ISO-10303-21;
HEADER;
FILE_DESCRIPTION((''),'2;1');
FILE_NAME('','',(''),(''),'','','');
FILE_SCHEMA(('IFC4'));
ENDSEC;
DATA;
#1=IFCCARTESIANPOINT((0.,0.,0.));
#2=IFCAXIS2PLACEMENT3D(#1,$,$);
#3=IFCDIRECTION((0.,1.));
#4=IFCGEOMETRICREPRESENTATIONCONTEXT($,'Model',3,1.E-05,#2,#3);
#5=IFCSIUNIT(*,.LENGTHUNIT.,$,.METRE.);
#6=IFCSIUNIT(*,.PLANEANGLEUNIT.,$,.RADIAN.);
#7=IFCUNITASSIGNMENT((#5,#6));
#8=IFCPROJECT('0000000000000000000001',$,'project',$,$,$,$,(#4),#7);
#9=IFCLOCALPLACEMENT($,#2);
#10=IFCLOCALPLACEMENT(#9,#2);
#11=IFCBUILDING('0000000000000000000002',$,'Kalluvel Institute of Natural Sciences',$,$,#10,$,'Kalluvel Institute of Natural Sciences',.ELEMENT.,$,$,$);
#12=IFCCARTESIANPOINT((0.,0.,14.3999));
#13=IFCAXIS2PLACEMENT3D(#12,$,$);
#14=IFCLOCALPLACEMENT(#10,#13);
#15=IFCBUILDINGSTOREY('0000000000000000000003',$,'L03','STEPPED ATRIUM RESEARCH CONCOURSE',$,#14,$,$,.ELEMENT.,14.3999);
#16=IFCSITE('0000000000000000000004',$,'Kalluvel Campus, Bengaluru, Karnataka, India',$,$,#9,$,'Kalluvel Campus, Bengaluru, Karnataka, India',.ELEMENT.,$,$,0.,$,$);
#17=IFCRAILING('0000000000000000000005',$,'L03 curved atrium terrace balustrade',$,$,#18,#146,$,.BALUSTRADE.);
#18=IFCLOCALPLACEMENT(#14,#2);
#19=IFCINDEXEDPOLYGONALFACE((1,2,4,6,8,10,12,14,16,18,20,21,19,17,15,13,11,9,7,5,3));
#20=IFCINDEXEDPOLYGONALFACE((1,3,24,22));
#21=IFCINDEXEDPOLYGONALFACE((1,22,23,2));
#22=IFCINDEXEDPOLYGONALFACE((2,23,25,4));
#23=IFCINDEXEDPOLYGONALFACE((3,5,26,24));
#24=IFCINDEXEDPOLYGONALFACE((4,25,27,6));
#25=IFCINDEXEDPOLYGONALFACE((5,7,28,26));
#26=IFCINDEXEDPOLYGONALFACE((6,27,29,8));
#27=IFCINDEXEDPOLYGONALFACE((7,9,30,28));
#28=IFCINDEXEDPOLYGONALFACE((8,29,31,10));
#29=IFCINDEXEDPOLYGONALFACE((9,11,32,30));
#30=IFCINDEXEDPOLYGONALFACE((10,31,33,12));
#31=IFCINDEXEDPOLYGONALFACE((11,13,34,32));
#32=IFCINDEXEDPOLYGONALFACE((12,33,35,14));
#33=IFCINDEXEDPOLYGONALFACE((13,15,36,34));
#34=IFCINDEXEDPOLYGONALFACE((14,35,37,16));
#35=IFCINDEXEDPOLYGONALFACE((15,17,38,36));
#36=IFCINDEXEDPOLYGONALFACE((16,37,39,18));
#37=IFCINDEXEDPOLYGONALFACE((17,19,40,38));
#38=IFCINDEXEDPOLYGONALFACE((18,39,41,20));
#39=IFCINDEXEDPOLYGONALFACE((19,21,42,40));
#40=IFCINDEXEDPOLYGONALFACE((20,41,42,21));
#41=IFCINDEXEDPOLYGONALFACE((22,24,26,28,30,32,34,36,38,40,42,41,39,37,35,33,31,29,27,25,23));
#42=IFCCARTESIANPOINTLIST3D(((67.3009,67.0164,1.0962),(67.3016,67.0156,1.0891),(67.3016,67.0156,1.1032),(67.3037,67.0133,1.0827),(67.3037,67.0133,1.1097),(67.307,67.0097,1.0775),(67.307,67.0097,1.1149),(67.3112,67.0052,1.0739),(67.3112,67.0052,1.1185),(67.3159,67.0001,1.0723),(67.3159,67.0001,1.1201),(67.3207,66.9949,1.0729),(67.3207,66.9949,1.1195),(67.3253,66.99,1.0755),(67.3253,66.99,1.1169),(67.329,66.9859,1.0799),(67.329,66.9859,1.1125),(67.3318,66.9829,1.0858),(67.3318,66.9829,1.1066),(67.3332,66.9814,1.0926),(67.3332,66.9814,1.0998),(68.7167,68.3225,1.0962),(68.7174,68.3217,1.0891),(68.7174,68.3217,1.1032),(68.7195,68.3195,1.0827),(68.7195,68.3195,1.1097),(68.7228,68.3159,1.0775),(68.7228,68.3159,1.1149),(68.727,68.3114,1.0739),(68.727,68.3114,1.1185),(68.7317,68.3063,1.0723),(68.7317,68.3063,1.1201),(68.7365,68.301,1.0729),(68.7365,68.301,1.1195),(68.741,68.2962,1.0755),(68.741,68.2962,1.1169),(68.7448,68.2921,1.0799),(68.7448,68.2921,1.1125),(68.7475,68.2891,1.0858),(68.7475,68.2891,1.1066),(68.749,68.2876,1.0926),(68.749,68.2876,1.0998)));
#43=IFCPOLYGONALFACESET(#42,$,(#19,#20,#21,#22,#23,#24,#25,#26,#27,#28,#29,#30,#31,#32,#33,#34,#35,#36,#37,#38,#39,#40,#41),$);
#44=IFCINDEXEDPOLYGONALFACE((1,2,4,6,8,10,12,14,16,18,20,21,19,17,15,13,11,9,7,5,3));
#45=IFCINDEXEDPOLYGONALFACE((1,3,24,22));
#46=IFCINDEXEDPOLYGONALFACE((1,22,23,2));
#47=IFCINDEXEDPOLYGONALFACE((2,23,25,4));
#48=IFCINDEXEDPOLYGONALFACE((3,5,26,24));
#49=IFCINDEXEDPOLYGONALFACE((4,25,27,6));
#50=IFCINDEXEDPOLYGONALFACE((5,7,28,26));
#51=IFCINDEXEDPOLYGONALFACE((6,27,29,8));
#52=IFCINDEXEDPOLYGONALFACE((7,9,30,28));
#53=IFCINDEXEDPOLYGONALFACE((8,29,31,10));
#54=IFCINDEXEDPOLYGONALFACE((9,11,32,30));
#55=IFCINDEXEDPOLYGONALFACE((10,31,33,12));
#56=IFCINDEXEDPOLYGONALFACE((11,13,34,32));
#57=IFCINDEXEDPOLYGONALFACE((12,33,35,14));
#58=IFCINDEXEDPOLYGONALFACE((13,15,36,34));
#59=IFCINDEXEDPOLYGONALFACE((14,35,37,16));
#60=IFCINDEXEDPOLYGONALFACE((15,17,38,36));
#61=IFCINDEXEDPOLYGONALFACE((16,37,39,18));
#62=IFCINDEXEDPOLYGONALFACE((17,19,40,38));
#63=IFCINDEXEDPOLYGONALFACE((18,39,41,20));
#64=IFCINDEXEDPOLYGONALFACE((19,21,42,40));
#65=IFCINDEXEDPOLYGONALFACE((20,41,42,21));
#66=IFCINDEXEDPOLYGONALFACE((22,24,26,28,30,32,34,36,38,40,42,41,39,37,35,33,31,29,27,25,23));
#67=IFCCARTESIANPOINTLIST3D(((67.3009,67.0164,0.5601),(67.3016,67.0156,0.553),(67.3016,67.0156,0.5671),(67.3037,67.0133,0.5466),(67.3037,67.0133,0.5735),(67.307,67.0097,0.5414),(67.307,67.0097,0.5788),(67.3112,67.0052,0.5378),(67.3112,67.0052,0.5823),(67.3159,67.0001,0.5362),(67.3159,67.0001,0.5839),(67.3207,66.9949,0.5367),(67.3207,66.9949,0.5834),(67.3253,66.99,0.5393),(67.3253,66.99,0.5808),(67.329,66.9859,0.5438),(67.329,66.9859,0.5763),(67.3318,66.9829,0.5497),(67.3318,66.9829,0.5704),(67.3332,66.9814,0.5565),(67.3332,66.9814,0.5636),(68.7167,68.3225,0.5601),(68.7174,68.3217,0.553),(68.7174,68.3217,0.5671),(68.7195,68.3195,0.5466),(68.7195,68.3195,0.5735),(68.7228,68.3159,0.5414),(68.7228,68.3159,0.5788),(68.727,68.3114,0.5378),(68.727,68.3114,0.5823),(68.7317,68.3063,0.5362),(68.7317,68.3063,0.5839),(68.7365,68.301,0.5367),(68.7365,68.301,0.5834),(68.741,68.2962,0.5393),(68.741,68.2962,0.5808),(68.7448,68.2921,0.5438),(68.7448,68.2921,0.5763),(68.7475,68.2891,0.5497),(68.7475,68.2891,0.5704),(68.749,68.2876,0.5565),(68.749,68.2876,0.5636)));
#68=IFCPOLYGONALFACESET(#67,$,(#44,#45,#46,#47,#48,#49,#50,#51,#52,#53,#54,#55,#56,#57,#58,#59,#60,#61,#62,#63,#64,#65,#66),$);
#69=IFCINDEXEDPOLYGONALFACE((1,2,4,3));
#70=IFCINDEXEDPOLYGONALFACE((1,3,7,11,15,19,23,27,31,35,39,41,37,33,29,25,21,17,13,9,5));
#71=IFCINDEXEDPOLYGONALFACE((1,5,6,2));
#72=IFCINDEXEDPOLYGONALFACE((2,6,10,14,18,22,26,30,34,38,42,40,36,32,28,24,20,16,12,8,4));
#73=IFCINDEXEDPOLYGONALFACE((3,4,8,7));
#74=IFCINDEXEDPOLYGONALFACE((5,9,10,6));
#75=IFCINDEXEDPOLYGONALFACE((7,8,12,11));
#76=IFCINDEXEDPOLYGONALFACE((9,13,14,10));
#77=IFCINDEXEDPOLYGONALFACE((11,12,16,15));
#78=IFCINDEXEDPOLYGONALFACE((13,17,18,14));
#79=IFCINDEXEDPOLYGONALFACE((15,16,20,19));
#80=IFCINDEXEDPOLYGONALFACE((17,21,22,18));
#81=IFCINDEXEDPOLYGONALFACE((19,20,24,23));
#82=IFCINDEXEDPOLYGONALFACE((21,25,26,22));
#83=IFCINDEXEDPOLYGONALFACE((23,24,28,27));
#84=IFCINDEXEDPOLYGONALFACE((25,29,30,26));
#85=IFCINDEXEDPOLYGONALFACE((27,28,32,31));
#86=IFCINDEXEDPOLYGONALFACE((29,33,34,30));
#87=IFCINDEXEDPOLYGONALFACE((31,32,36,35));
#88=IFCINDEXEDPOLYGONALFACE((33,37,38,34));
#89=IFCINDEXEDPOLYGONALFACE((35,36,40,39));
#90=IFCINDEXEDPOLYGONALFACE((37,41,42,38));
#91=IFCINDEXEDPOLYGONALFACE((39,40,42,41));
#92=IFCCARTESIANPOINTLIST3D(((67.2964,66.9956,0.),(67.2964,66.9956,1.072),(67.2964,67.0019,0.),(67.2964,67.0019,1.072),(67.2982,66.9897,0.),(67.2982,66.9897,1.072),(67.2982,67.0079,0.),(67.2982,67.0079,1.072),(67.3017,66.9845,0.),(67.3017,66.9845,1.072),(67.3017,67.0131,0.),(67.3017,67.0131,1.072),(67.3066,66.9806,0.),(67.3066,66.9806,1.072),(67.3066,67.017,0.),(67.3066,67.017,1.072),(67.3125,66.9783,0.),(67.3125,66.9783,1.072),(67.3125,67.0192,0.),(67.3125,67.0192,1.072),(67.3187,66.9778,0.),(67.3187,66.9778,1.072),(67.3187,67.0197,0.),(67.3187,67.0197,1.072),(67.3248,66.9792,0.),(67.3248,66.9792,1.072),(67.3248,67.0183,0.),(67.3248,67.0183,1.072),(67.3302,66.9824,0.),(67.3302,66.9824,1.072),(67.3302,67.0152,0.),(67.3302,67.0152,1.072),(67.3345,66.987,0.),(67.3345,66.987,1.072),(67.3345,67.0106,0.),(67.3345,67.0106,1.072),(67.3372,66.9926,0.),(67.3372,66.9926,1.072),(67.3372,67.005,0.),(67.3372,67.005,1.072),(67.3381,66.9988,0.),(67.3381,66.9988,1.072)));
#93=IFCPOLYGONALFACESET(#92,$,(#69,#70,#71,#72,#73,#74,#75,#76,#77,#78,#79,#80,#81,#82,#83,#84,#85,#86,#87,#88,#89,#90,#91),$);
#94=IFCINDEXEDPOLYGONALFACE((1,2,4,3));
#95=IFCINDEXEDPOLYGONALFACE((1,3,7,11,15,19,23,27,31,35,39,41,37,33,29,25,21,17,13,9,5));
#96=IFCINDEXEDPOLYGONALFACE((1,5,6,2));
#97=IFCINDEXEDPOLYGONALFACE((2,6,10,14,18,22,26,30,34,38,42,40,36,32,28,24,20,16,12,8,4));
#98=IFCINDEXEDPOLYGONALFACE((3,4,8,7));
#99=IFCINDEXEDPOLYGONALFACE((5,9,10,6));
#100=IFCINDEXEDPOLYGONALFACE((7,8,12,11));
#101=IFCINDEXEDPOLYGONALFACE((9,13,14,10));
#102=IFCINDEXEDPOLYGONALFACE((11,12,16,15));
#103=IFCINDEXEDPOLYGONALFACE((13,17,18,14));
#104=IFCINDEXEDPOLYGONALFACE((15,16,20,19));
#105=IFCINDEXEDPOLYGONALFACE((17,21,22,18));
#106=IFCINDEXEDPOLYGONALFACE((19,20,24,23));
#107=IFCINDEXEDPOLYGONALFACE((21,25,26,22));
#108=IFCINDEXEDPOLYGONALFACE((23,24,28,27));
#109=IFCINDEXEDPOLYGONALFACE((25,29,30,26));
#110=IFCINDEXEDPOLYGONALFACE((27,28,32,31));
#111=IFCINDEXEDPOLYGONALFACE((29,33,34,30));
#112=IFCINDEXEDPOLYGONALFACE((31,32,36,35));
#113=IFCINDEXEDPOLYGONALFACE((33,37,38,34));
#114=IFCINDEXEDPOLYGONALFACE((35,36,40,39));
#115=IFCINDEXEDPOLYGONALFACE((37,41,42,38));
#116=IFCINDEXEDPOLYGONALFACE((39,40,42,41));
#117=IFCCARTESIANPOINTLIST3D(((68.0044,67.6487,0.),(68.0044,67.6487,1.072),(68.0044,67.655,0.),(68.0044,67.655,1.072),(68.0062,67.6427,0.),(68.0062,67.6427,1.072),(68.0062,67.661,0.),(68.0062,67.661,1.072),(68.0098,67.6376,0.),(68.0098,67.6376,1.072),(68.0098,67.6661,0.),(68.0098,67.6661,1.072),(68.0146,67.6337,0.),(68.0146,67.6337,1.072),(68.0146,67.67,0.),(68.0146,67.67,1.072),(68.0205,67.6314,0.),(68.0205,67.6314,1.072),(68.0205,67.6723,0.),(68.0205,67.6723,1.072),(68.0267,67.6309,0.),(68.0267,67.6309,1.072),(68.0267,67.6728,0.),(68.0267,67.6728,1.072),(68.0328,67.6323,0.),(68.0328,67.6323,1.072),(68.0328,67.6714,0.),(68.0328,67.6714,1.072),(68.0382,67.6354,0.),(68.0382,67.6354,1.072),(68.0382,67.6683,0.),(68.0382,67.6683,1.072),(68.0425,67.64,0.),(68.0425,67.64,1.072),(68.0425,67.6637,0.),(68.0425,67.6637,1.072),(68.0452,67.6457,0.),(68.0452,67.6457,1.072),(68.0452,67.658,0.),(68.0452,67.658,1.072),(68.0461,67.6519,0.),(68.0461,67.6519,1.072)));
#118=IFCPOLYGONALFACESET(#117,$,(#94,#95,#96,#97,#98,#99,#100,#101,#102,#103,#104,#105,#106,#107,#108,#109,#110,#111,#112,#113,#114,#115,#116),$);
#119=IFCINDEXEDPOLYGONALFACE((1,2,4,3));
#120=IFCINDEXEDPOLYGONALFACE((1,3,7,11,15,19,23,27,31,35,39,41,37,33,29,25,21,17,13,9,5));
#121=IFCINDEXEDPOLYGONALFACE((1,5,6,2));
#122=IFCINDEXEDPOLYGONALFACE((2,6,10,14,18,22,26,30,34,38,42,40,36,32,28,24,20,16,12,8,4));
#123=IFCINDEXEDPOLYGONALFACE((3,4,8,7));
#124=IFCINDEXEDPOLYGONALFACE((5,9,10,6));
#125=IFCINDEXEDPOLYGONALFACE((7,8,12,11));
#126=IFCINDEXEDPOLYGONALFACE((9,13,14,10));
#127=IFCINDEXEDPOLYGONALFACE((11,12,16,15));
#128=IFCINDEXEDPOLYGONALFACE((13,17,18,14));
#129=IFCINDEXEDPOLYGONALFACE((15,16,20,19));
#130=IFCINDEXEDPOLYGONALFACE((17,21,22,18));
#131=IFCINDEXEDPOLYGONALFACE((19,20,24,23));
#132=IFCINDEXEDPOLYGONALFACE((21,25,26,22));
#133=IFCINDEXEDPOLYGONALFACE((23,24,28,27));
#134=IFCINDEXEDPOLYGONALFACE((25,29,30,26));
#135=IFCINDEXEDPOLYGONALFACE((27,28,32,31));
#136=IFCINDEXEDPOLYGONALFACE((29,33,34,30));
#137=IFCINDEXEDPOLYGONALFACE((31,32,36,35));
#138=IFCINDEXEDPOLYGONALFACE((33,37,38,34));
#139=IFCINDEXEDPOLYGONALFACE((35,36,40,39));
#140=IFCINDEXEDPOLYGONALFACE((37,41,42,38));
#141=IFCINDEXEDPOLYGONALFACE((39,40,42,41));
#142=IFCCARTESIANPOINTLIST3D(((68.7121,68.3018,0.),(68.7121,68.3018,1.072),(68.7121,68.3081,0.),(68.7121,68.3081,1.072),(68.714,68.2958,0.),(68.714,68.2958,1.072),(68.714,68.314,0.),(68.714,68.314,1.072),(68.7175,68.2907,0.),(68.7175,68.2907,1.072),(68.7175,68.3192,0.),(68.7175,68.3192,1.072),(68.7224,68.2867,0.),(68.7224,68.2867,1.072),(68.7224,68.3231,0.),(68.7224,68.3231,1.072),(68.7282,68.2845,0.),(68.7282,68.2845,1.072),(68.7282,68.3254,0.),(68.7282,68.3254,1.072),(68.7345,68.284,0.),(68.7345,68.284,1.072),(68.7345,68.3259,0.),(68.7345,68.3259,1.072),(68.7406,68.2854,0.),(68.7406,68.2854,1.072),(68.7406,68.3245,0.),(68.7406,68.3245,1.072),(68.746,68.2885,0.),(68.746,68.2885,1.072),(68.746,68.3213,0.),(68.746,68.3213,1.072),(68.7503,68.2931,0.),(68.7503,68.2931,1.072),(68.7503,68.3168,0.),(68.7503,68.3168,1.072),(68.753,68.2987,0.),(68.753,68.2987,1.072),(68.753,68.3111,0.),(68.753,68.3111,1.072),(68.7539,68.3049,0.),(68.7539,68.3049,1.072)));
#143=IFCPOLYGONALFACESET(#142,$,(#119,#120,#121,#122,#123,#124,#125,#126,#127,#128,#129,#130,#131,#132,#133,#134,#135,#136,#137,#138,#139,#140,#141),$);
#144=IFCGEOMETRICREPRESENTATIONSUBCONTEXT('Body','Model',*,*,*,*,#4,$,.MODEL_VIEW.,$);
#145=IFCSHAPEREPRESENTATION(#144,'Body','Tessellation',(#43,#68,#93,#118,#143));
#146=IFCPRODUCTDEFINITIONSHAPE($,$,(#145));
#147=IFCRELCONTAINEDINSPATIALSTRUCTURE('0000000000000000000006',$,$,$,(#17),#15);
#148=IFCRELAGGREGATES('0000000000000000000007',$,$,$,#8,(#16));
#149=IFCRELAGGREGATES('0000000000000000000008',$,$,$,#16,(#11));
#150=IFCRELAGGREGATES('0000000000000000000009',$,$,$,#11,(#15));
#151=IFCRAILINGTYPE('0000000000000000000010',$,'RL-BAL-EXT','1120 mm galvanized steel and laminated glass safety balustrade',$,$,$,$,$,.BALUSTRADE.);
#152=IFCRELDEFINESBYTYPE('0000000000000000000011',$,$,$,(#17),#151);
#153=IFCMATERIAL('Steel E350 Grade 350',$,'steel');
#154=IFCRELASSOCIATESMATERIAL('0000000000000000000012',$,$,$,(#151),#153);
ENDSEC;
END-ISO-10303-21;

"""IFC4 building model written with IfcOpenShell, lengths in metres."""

from ifc_helpers import new_model, si_unit, direction, frame, origin, origin_2d, place, context, subcontext, project, spatial, circle, extrude, material, type_object, element, save


model = new_model("IFC4")

# Units and contexts
model_context = context("Model", 3, precision=1e-05, world=origin(), true_north=direction((0.0, 1.0)))
body_context = subcontext(model_context, "Body", "Model", "MODEL_VIEW")
ifc_project = project(units=[si_unit("LENGTHUNIT", "METRE"), si_unit("PLANEANGLEUNIT", "RADIAN")], contexts=[model_context])

# Site, building, storey
site_placement = place(None, origin())
site = spatial("IfcSite", under=ifc_project, at=site_placement, Name="Kalluvel Campus, Bengaluru, Karnataka, India", LongName="Kalluvel Campus, Bengaluru, Karnataka, India", CompositionType="ELEMENT", RefElevation=0.0)
building_placement = place(site_placement, origin())
building = spatial("IfcBuilding", under=site, at=building_placement, Name="Kalluvel Institute of Natural Sciences", LongName="Kalluvel Institute of Natural Sciences", CompositionType="ELEMENT")
storey_placement = place(building_placement, frame((0.0, 0.0, 14.3999)))
storey = spatial("IfcBuildingStorey", under=building, at=storey_placement, Name="L03", Description="STEPPED ATRIUM RESEARCH CONCOURSE", CompositionType="ELEMENT", Elevation=14.3999)

# Railing
ifc_material_1 = material(Name="Steel E350 Grade 350", Category="steel")
railing_type = type_object("IfcRailingType", Name="RL-BAL-EXT", Description="1120 mm galvanized steel and laminated glass safety balustrade", PredefinedType="BALUSTRADE", material=ifc_material_1)
railing_1_placement = place(storey_placement, frame((67.3171, 66.9988, 0.0)))
element("IfcRailing", 1, at=railing_1_placement, inside=storey, type_object=railing_type, Name="L03 curved atrium terrace balustrade", PredefinedType="BALUSTRADE", context=body_context, shape_type="SweptSolid", body=[
    extrude(circle(Radius=0.0239, at=origin_2d()), frame((0.0, 0.0, 1.0962), z_axis=(0.734988, 0.67808, 0.0), x_axis=(-0.67808, 0.734988, 0.0)), (0.0, 0.0, 1.0), 1.9263),
    extrude(circle(Radius=0.0239, at=origin_2d()), frame((0.0, 0.0, 0.5601), z_axis=(0.734988, 0.67808, 0.0), x_axis=(-0.67808, 0.734988, 0.0)), (0.0, 0.0, 1.0), 1.9263),
    extrude(circle(Radius=0.021, at=origin_2d()), origin(), (0.0, 0.0, 1.0), 1.072),
    extrude(circle(Radius=0.021, at=origin_2d()), frame((0.708, 0.6531, 0.0)), (0.0, 0.0, 1.0), 1.072),
    extrude(circle(Radius=0.021, at=origin_2d()), frame((1.4158, 1.3062, 0.0)), (0.0, 0.0, 1.0), 1.072),
])

save(model, "model.ifc")
